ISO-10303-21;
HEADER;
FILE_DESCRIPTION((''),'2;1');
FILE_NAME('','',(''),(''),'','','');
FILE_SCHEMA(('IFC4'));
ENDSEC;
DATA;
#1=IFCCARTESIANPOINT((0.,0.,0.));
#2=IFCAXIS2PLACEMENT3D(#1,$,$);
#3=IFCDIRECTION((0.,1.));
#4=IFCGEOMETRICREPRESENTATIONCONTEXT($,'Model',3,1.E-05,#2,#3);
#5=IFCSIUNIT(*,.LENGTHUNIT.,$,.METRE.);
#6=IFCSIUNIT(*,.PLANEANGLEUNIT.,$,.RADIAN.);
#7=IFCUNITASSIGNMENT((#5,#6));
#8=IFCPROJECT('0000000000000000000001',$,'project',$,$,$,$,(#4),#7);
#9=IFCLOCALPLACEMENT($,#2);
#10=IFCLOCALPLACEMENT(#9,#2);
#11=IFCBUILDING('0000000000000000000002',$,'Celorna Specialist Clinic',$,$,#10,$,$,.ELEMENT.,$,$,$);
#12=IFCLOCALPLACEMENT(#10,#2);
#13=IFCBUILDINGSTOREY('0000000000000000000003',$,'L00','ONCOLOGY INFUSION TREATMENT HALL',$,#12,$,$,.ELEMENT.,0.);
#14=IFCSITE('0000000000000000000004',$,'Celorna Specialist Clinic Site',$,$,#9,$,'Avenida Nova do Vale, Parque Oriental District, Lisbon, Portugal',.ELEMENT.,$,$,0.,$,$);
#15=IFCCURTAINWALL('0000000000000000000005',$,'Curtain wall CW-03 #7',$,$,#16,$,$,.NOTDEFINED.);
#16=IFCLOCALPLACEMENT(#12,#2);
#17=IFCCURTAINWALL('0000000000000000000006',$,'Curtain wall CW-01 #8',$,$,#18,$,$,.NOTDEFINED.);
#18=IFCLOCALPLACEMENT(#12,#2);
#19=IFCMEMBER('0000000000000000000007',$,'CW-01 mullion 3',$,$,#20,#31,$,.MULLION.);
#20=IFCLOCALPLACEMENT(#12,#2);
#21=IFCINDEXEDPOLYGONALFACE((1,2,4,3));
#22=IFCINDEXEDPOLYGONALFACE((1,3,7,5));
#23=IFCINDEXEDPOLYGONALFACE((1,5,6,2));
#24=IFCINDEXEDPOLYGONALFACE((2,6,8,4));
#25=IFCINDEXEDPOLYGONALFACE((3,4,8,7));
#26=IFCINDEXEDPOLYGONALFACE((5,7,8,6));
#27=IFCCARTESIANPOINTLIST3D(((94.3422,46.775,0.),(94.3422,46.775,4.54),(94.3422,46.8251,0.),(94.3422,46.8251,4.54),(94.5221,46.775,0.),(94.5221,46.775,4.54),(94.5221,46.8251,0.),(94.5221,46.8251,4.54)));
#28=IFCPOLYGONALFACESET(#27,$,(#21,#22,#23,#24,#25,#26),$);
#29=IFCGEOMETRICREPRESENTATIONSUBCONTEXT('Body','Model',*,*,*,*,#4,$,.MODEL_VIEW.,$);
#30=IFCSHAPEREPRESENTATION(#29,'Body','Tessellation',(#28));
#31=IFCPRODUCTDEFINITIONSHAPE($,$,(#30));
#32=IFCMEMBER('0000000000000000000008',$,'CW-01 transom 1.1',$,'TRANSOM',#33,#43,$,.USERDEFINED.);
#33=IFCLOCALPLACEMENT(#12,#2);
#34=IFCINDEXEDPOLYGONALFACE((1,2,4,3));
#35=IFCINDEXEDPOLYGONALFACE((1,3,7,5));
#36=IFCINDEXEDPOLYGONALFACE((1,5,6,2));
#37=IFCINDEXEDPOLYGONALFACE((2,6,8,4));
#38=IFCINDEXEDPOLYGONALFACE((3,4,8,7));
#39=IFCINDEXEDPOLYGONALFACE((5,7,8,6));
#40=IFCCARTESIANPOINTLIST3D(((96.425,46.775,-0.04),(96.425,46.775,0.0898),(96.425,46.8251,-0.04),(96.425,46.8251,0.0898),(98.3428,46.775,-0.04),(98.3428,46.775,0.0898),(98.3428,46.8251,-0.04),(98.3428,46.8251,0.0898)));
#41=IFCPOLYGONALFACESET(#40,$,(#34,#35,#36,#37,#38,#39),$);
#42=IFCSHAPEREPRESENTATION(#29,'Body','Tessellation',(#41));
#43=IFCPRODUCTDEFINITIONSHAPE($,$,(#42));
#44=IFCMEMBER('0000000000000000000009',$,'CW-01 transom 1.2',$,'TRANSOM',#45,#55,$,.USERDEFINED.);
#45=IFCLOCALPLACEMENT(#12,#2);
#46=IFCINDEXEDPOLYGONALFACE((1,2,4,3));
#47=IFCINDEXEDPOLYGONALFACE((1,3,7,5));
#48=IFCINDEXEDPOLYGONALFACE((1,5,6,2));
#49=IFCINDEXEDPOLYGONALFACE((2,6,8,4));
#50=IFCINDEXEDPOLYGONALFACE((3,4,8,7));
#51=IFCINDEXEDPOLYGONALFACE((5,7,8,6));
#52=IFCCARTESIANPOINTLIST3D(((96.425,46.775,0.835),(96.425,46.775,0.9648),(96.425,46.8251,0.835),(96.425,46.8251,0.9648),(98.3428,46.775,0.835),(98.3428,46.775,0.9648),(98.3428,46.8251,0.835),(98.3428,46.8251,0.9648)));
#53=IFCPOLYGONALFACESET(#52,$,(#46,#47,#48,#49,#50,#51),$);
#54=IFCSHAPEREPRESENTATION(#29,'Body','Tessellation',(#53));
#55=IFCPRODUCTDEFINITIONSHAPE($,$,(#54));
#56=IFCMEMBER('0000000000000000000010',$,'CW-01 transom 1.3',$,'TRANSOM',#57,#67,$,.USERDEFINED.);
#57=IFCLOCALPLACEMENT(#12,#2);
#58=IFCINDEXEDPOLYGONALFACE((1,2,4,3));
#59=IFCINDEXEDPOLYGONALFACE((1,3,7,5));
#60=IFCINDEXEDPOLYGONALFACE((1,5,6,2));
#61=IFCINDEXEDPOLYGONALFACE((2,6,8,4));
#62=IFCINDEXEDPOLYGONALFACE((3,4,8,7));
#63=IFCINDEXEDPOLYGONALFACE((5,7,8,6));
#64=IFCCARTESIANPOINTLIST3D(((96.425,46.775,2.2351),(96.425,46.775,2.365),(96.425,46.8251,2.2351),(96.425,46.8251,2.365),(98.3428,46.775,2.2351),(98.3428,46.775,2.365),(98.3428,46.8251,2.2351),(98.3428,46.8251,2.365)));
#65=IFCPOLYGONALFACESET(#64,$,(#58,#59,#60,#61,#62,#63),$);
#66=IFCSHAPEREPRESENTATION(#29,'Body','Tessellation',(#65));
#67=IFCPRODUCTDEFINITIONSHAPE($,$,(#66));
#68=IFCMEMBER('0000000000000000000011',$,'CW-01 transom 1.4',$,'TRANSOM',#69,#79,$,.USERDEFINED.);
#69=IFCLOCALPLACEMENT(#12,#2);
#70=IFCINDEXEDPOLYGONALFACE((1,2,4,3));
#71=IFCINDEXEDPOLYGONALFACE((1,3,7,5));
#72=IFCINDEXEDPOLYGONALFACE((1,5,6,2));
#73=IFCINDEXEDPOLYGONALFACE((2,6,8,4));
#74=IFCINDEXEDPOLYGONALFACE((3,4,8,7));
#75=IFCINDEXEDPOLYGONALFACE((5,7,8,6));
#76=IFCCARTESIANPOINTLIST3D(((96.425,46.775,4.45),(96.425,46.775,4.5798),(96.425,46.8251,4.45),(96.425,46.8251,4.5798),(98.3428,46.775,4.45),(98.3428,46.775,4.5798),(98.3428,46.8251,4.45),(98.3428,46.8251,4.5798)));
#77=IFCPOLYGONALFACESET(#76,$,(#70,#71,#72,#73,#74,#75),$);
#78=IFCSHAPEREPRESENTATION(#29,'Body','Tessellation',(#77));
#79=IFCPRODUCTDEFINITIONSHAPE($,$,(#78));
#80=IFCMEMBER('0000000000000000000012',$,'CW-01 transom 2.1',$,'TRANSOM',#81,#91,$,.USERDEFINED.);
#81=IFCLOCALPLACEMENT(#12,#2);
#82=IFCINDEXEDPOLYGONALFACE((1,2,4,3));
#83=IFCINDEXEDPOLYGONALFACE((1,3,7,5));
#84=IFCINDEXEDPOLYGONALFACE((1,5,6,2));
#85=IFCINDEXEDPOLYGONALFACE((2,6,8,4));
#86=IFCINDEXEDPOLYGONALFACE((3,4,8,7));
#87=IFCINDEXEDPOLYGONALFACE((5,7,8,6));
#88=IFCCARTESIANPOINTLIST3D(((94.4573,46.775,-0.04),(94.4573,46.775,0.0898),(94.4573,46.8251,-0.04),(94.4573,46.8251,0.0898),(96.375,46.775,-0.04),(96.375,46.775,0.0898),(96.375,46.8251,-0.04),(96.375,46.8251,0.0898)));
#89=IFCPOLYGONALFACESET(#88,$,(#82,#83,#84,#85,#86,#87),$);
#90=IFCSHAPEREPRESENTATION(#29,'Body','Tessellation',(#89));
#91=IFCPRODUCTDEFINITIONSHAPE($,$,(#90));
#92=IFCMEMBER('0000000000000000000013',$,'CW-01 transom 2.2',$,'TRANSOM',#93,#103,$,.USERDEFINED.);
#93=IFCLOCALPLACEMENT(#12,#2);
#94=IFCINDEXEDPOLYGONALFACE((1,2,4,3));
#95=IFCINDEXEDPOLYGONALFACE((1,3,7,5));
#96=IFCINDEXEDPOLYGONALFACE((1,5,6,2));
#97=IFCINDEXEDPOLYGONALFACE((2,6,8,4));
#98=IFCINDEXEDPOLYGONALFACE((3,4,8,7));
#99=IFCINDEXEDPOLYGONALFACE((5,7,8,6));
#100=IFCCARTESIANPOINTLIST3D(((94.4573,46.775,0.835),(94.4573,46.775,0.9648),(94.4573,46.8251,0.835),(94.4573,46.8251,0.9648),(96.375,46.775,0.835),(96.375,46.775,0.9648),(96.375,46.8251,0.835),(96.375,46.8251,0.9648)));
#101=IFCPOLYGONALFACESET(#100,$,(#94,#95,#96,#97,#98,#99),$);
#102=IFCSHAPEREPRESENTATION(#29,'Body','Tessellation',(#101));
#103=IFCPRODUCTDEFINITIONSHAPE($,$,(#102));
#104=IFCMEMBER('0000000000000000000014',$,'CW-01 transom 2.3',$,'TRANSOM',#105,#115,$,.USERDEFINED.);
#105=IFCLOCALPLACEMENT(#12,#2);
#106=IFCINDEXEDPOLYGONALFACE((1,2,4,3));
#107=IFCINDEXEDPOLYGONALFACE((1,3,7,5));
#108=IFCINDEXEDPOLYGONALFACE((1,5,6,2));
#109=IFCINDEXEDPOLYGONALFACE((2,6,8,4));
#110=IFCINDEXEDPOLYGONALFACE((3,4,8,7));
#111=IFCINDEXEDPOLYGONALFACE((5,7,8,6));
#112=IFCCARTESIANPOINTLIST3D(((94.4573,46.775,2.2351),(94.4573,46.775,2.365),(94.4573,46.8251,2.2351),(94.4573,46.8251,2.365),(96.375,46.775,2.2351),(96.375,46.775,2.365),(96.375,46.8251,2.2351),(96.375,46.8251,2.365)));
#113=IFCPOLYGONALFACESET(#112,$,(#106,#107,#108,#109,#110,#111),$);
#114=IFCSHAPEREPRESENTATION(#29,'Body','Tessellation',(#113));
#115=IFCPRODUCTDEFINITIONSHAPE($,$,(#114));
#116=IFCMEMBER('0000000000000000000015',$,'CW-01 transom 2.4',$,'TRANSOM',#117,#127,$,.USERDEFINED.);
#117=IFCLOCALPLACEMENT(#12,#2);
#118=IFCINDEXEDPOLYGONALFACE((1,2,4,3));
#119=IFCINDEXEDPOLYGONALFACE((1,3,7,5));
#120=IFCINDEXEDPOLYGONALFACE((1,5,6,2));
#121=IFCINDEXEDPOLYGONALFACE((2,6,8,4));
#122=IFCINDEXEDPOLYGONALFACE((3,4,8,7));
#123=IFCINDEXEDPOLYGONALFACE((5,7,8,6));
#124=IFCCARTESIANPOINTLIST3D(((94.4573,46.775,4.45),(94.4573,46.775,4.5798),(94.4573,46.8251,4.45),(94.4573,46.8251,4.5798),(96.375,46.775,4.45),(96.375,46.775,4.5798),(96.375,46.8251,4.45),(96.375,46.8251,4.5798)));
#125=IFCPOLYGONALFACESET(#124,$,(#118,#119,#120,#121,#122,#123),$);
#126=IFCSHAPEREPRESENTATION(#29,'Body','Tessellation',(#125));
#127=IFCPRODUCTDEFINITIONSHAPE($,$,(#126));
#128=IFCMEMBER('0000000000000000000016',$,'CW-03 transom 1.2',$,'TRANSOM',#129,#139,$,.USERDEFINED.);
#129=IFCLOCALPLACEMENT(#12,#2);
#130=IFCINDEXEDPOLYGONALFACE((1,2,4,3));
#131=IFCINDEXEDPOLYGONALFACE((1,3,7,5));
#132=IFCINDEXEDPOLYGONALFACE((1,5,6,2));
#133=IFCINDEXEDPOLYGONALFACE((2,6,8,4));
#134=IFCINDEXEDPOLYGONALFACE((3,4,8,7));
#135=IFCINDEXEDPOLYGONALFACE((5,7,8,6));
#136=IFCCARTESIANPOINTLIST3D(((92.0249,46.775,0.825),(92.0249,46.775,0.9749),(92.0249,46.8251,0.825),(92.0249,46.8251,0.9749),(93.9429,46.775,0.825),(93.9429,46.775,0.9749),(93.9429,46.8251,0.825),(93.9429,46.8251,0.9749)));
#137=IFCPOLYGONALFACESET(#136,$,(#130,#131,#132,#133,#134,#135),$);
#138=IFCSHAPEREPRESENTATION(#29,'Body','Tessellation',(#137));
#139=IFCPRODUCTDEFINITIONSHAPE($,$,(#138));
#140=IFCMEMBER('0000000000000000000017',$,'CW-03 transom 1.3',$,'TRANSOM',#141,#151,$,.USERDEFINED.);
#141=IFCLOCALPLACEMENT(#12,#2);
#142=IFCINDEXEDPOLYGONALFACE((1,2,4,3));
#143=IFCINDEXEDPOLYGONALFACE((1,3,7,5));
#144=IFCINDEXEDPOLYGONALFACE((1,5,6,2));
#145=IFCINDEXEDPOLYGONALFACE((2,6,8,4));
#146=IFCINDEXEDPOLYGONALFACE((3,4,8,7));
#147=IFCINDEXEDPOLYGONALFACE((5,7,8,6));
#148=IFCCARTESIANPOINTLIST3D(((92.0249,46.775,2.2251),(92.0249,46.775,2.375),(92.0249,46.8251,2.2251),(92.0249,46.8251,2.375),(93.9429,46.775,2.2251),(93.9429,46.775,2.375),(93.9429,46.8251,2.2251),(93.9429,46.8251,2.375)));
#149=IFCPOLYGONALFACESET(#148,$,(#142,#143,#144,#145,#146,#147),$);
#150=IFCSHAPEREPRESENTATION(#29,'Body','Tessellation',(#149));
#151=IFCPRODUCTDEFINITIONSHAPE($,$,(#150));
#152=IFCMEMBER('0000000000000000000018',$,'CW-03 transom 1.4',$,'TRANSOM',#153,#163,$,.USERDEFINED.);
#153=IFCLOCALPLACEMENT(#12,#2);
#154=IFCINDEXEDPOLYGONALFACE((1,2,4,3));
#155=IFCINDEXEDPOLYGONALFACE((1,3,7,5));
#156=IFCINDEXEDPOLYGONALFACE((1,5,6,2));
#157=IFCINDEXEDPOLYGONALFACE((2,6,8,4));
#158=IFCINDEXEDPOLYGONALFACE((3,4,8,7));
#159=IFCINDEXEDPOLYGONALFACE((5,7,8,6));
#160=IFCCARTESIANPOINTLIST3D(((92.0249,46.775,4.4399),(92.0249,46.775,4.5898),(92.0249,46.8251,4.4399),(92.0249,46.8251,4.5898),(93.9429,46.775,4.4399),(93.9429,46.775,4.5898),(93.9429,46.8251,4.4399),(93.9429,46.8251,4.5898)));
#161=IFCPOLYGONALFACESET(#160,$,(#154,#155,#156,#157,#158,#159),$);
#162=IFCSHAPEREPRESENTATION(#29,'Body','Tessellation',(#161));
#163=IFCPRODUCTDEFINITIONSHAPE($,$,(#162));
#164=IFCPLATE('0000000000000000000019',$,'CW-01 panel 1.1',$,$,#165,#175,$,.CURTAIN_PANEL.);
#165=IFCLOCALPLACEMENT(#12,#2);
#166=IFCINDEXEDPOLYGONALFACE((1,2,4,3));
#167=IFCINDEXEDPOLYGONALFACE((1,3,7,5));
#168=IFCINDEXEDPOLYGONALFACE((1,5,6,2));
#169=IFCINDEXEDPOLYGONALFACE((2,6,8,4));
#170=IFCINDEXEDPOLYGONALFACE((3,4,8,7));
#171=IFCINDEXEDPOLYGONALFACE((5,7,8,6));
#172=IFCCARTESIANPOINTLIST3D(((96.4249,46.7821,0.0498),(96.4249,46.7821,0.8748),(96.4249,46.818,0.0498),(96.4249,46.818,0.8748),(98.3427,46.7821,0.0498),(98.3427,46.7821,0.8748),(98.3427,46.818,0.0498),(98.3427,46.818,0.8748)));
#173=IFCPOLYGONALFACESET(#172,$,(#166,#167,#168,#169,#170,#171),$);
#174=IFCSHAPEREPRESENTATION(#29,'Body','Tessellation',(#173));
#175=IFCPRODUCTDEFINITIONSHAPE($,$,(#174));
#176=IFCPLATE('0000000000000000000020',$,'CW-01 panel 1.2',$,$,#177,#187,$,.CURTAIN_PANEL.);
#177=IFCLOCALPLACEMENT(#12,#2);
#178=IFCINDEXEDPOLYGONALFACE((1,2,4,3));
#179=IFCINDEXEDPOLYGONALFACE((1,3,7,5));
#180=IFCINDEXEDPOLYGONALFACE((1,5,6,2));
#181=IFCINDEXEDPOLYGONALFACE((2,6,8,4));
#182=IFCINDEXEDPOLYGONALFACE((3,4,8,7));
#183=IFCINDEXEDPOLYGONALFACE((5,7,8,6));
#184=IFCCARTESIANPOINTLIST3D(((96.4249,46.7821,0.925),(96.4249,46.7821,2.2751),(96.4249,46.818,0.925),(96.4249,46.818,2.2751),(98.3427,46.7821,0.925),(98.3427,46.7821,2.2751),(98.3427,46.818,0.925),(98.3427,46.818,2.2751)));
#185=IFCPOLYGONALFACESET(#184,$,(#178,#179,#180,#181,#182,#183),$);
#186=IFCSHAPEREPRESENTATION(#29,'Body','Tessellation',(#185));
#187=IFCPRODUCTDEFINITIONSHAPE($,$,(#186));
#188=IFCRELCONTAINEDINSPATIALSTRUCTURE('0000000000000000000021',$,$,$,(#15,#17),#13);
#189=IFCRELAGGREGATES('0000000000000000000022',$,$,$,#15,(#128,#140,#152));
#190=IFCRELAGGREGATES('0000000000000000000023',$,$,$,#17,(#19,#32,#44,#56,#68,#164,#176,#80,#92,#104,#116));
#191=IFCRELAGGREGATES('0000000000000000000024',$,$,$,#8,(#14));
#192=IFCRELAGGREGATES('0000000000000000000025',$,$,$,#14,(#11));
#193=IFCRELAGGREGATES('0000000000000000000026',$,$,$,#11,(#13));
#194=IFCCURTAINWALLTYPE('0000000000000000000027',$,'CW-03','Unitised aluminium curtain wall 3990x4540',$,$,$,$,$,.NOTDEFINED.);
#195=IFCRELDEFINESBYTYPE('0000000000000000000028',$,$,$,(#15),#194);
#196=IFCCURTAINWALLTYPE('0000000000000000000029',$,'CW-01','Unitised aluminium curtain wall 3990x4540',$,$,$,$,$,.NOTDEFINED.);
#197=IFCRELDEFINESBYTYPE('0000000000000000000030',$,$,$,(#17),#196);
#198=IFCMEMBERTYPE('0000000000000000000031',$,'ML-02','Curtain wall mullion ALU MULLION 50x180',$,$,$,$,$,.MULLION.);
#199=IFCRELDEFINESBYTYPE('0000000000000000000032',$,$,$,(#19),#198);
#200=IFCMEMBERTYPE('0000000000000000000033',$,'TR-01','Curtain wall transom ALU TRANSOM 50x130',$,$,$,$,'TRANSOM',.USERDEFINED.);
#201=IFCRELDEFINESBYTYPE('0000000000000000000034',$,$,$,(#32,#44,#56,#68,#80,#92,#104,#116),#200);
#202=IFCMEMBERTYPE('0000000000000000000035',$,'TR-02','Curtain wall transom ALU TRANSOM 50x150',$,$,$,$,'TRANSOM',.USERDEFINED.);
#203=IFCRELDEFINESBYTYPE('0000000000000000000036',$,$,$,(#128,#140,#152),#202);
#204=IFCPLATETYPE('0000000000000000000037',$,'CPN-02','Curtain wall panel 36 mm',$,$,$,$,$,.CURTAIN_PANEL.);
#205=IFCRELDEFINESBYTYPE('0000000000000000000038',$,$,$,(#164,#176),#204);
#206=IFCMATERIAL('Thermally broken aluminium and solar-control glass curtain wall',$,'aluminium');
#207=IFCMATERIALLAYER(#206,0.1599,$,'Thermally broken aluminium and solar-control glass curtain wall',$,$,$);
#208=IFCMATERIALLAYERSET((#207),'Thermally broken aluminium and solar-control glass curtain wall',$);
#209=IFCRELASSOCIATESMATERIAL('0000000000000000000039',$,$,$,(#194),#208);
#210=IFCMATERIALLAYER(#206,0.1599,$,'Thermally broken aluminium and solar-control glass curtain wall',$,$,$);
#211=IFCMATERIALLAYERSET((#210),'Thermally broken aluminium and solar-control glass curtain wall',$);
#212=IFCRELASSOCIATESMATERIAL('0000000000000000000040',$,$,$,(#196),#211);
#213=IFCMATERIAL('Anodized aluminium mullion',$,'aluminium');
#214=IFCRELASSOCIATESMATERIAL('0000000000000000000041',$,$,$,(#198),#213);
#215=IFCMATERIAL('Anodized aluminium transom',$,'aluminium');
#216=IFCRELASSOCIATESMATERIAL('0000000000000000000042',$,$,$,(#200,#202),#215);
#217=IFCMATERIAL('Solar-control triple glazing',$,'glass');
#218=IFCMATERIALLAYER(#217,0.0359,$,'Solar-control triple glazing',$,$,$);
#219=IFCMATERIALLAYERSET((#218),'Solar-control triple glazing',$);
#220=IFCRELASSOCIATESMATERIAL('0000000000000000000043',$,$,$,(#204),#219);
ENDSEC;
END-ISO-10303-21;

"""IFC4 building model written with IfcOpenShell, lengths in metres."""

from ifc_helpers import new_model, si_unit, direction, frame, origin, origin_2d, place, context, subcontext, project, spatial, rectangle, extrude, material, layer, layer_set, material_profile, profile_set, type_object, element, aggregate, save


model = new_model("IFC4")

# Units and contexts
model_context = context("Model", 3, precision=1e-05, world=origin(), true_north=direction((0.0, 1.0)))
body_context = subcontext(model_context, "Body", "Model", "MODEL_VIEW")
ifc_project = project(units=[si_unit("LENGTHUNIT", "METRE"), si_unit("PLANEANGLEUNIT", "RADIAN")], contexts=[model_context])

# Site, building, storey
site_placement = place(None, origin())
site = spatial("IfcSite", under=ifc_project, at=site_placement, Name="Celorna Specialist Clinic Site", LongName="Avenida Nova do Vale, Parque Oriental District, Lisbon, Portugal", CompositionType="ELEMENT", RefElevation=0.0)
building_placement = place(site_placement, origin())
building = spatial("IfcBuilding", under=site, at=building_placement, Name="Celorna Specialist Clinic", CompositionType="ELEMENT")
storey_placement = place(building_placement, origin())
storey = spatial("IfcBuildingStorey", under=building, at=storey_placement, Name="L00", Description="ONCOLOGY INFUSION TREATMENT HALL", CompositionType="ELEMENT", Elevation=0.0)

# Curtain wall
ifc_material_1 = material(Name="Thermally broken aluminium and solar-control glass curtain wall", Category="aluminium")
ifc_layer_1 = layer(ifc_material_1, 0.1599, Name="Thermally broken aluminium and solar-control glass curtain wall")
ifc_layer_set_1 = layer_set([ifc_layer_1], Name="Thermally broken aluminium and solar-control glass curtain wall")
curtain_wall_type_1 = type_object("IfcCurtainWallType", Name="CW-03", Description="Unitised aluminium curtain wall 3990x4540", PredefinedType="NOTDEFINED", material=ifc_layer_set_1)
curtain_wall_1_placement = place(storey_placement, origin())
curtain_wall_1 = element("IfcCurtainWall", 1, at=curtain_wall_1_placement, inside=storey, type_object=curtain_wall_type_1, Name="Curtain wall CW-03 #7", PredefinedType="NOTDEFINED")
ifc_material_2 = material(Name="Anodized aluminium mullion", Category="aluminium")

# Curtain wall, members
ifc_layer_2 = layer(ifc_material_1, 0.1599, Name="Thermally broken aluminium and solar-control glass curtain wall")
ifc_layer_set_2 = layer_set([ifc_layer_2], Name="Thermally broken aluminium and solar-control glass curtain wall")
curtain_wall_type_2 = type_object("IfcCurtainWallType", Name="CW-01", Description="Unitised aluminium curtain wall 3990x4540", PredefinedType="NOTDEFINED", material=ifc_layer_set_2)
curtain_wall_2_placement = place(storey_placement, origin())
curtain_wall_2 = element("IfcCurtainWall", 2, at=curtain_wall_2_placement, inside=storey, type_object=curtain_wall_type_2, Name="Curtain wall CW-01 #8", PredefinedType="NOTDEFINED")
ifc_material_profile_1 = material_profile(ifc_material_2, rectangle(XDim=0.05, YDim=0.1799, at=origin_2d()), Name="ALU MULLION 50x180")
ifc_profile_set_1 = profile_set([ifc_material_profile_1], Name="Anodized aluminium mullion")
member_type_1 = type_object("IfcMemberType", Name="ML-02", Description="Curtain wall mullion ALU MULLION 50x180", PredefinedType="MULLION", material=ifc_profile_set_1)
member_1_placement = place(storey_placement, frame((94.4321, 46.8, 0.0), z_axis=(0.0, 0.0, 1.0), x_axis=(0.0, -1.0, 0.0)))
member_1 = element("IfcMember", 3, at=member_1_placement, type_object=member_type_1, Name="CW-01 mullion 3", PredefinedType="MULLION", context=body_context, shape_type="SweptSolid", body=[
    extrude(rectangle(XDim=0.05, YDim=0.1799, at=origin_2d()), origin(), (0.0, 0.0, 1.0), 4.54),
])
ifc_material_3 = material(Name="Anodized aluminium transom", Category="aluminium")
ifc_material_profile_2 = material_profile(ifc_material_3, rectangle(XDim=0.05, YDim=0.1299, at=origin_2d()), Name="ALU TRANSOM 50x130")
ifc_profile_set_2 = profile_set([ifc_material_profile_2], Name="Anodized aluminium transom")
member_type_2 = type_object("IfcMemberType", Name="TR-01", Description="Curtain wall transom ALU TRANSOM 50x130", ElementType="TRANSOM", PredefinedType="USERDEFINED", material=ifc_profile_set_2)
member_2_placement = place(storey_placement, frame((98.3428, 46.8, 0.0249), z_axis=(-1.0, 0.0, 0.0), x_axis=(0.0, -1.0, 0.0)))
member_2 = element("IfcMember", 4, at=member_2_placement, type_object=member_type_2, Name="CW-01 transom 1.1", ObjectType="TRANSOM", PredefinedType="USERDEFINED", context=body_context, shape_type="SweptSolid", body=[
    extrude(rectangle(XDim=0.05, YDim=0.1299, at=origin_2d()), origin(), (0.0, 0.0, 1.0), 1.9177),
])
member_3_placement = place(storey_placement, frame((98.3428, 46.8, 0.8999), z_axis=(-1.0, 0.0, 0.0), x_axis=(0.0, -1.0, 0.0)))
member_3 = element("IfcMember", 5, at=member_3_placement, type_object=member_type_2, Name="CW-01 transom 1.2", ObjectType="TRANSOM", PredefinedType="USERDEFINED", context=body_context, shape_type="SweptSolid", body=[
    extrude(rectangle(XDim=0.05, YDim=0.1299, at=origin_2d()), origin(), (0.0, 0.0, 1.0), 1.9177),
])
member_4_placement = place(storey_placement, frame((98.3428, 46.8, 2.3), z_axis=(-1.0, 0.0, 0.0), x_axis=(0.0, -1.0, 0.0)))
member_4 = element("IfcMember", 6, at=member_4_placement, type_object=member_type_2, Name="CW-01 transom 1.3", ObjectType="TRANSOM", PredefinedType="USERDEFINED", context=body_context, shape_type="SweptSolid", body=[
    extrude(rectangle(XDim=0.05, YDim=0.1299, at=origin_2d()), origin(), (0.0, 0.0, 1.0), 1.9177),
])
member_5_placement = place(storey_placement, frame((98.3428, 46.8, 4.5149), z_axis=(-1.0, 0.0, 0.0), x_axis=(0.0, -1.0, 0.0)))
member_5 = element("IfcMember", 7, at=member_5_placement, type_object=member_type_2, Name="CW-01 transom 1.4", ObjectType="TRANSOM", PredefinedType="USERDEFINED", context=body_context, shape_type="SweptSolid", body=[
    extrude(rectangle(XDim=0.05, YDim=0.1299, at=origin_2d()), origin(), (0.0, 0.0, 1.0), 1.9177),
])
member_6_placement = place(storey_placement, frame((96.375, 46.8, 0.0249), z_axis=(-1.0, 0.0, 0.0), x_axis=(0.0, -1.0, 0.0)))
member_6 = element("IfcMember", 8, at=member_6_placement, type_object=member_type_2, Name="CW-01 transom 2.1", ObjectType="TRANSOM", PredefinedType="USERDEFINED", context=body_context, shape_type="SweptSolid", body=[
    extrude(rectangle(XDim=0.05, YDim=0.1299, at=origin_2d()), origin(), (0.0, 0.0, 1.0), 1.9177),
])
member_7_placement = place(storey_placement, frame((96.375, 46.8, 0.8999), z_axis=(-1.0, 0.0, 0.0), x_axis=(0.0, -1.0, 0.0)))
member_7 = element("IfcMember", 9, at=member_7_placement, type_object=member_type_2, Name="CW-01 transom 2.2", ObjectType="TRANSOM", PredefinedType="USERDEFINED", context=body_context, shape_type="SweptSolid", body=[
    extrude(rectangle(XDim=0.05, YDim=0.1299, at=origin_2d()), origin(), (0.0, 0.0, 1.0), 1.9177),
])
member_8_placement = place(storey_placement, frame((96.375, 46.8, 2.3), z_axis=(-1.0, 0.0, 0.0), x_axis=(0.0, -1.0, 0.0)))
member_8 = element("IfcMember", 10, at=member_8_placement, type_object=member_type_2, Name="CW-01 transom 2.3", ObjectType="TRANSOM", PredefinedType="USERDEFINED", context=body_context, shape_type="SweptSolid", body=[
    extrude(rectangle(XDim=0.05, YDim=0.1299, at=origin_2d()), origin(), (0.0, 0.0, 1.0), 1.9177),
])
member_9_placement = place(storey_placement, frame((96.375, 46.8, 4.5149), z_axis=(-1.0, 0.0, 0.0), x_axis=(0.0, -1.0, 0.0)))
member_9 = element("IfcMember", 11, at=member_9_placement, type_object=member_type_2, Name="CW-01 transom 2.4", ObjectType="TRANSOM", PredefinedType="USERDEFINED", context=body_context, shape_type="SweptSolid", body=[
    extrude(rectangle(XDim=0.05, YDim=0.1299, at=origin_2d()), origin(), (0.0, 0.0, 1.0), 1.9177),
])

# Members
ifc_material_profile_3 = material_profile(ifc_material_3, rectangle(XDim=0.05, YDim=0.1499, at=origin_2d()), Name="ALU TRANSOM 50x150")
ifc_profile_set_3 = profile_set([ifc_material_profile_3], Name="Anodized aluminium transom")
member_type_3 = type_object("IfcMemberType", Name="TR-02", Description="Curtain wall transom ALU TRANSOM 50x150", ElementType="TRANSOM", PredefinedType="USERDEFINED", material=ifc_profile_set_3)
member_10_placement = place(storey_placement, frame((93.9429, 46.8, 0.8999), z_axis=(-1.0, 0.0, 0.0), x_axis=(0.0, -1.0, 0.0)))
member_10 = element("IfcMember", 12, at=member_10_placement, type_object=member_type_3, Name="CW-03 transom 1.2", ObjectType="TRANSOM", PredefinedType="USERDEFINED", context=body_context, shape_type="SweptSolid", body=[
    extrude(rectangle(XDim=0.05, YDim=0.1499, at=origin_2d()), origin(), (0.0, 0.0, 1.0), 1.918),
])
member_11_placement = place(storey_placement, frame((93.9429, 46.8, 2.3), z_axis=(-1.0, 0.0, 0.0), x_axis=(0.0, -1.0, 0.0)))
member_11 = element("IfcMember", 13, at=member_11_placement, type_object=member_type_3, Name="CW-03 transom 1.3", ObjectType="TRANSOM", PredefinedType="USERDEFINED", context=body_context, shape_type="SweptSolid", body=[
    extrude(rectangle(XDim=0.05, YDim=0.1499, at=origin_2d()), origin(), (0.0, 0.0, 1.0), 1.918),
])
member_12_placement = place(storey_placement, frame((93.9429, 46.8, 4.5149), z_axis=(-1.0, 0.0, 0.0), x_axis=(0.0, -1.0, 0.0)))
member_12 = element("IfcMember", 14, at=member_12_placement, type_object=member_type_3, Name="CW-03 transom 1.4", ObjectType="TRANSOM", PredefinedType="USERDEFINED", context=body_context, shape_type="SweptSolid", body=[
    extrude(rectangle(XDim=0.05, YDim=0.1499, at=origin_2d()), origin(), (0.0, 0.0, 1.0), 1.918),
])
aggregate(curtain_wall_1, [member_10, member_11, member_12])

# Plates
ifc_material_4 = material(Name="Solar-control triple glazing", Category="glass")
ifc_layer_3 = layer(ifc_material_4, 0.0359, Name="Solar-control triple glazing")
ifc_layer_set_3 = layer_set([ifc_layer_3], Name="Solar-control triple glazing")
plate_type = type_object("IfcPlateType", Name="CPN-02", Description="Curtain wall panel 36 mm", PredefinedType="CURTAIN_PANEL", material=ifc_layer_set_3)
plate_1_placement = place(storey_placement, frame((97.3838, 46.8, 0.0498), z_axis=(0.0, 0.0, 1.0), x_axis=(-1.0, 0.0, 0.0)))
plate_1 = element("IfcPlate", 15, at=plate_1_placement, type_object=plate_type, Name="CW-01 panel 1.1", PredefinedType="CURTAIN_PANEL", context=body_context, shape_type="SweptSolid", body=[
    extrude(rectangle(XDim=1.9177, YDim=0.0359, at=origin_2d()), origin(), (0.0, 0.0, 1.0), 0.825),
])
plate_2_placement = place(storey_placement, frame((97.3838, 46.8, 0.925), z_axis=(0.0, 0.0, 1.0), x_axis=(-1.0, 0.0, 0.0)))
plate_2 = element("IfcPlate", 16, at=plate_2_placement, type_object=plate_type, Name="CW-01 panel 1.2", PredefinedType="CURTAIN_PANEL", context=body_context, shape_type="SweptSolid", body=[
    extrude(rectangle(XDim=1.9177, YDim=0.0359, at=origin_2d()), origin(), (0.0, 0.0, 1.0), 1.3501),
])
aggregate(curtain_wall_2, [member_1, member_2, member_3, member_4, member_5, plate_1, plate_2, member_6, member_7, member_8, member_9])

save(model, "model.ifc")
